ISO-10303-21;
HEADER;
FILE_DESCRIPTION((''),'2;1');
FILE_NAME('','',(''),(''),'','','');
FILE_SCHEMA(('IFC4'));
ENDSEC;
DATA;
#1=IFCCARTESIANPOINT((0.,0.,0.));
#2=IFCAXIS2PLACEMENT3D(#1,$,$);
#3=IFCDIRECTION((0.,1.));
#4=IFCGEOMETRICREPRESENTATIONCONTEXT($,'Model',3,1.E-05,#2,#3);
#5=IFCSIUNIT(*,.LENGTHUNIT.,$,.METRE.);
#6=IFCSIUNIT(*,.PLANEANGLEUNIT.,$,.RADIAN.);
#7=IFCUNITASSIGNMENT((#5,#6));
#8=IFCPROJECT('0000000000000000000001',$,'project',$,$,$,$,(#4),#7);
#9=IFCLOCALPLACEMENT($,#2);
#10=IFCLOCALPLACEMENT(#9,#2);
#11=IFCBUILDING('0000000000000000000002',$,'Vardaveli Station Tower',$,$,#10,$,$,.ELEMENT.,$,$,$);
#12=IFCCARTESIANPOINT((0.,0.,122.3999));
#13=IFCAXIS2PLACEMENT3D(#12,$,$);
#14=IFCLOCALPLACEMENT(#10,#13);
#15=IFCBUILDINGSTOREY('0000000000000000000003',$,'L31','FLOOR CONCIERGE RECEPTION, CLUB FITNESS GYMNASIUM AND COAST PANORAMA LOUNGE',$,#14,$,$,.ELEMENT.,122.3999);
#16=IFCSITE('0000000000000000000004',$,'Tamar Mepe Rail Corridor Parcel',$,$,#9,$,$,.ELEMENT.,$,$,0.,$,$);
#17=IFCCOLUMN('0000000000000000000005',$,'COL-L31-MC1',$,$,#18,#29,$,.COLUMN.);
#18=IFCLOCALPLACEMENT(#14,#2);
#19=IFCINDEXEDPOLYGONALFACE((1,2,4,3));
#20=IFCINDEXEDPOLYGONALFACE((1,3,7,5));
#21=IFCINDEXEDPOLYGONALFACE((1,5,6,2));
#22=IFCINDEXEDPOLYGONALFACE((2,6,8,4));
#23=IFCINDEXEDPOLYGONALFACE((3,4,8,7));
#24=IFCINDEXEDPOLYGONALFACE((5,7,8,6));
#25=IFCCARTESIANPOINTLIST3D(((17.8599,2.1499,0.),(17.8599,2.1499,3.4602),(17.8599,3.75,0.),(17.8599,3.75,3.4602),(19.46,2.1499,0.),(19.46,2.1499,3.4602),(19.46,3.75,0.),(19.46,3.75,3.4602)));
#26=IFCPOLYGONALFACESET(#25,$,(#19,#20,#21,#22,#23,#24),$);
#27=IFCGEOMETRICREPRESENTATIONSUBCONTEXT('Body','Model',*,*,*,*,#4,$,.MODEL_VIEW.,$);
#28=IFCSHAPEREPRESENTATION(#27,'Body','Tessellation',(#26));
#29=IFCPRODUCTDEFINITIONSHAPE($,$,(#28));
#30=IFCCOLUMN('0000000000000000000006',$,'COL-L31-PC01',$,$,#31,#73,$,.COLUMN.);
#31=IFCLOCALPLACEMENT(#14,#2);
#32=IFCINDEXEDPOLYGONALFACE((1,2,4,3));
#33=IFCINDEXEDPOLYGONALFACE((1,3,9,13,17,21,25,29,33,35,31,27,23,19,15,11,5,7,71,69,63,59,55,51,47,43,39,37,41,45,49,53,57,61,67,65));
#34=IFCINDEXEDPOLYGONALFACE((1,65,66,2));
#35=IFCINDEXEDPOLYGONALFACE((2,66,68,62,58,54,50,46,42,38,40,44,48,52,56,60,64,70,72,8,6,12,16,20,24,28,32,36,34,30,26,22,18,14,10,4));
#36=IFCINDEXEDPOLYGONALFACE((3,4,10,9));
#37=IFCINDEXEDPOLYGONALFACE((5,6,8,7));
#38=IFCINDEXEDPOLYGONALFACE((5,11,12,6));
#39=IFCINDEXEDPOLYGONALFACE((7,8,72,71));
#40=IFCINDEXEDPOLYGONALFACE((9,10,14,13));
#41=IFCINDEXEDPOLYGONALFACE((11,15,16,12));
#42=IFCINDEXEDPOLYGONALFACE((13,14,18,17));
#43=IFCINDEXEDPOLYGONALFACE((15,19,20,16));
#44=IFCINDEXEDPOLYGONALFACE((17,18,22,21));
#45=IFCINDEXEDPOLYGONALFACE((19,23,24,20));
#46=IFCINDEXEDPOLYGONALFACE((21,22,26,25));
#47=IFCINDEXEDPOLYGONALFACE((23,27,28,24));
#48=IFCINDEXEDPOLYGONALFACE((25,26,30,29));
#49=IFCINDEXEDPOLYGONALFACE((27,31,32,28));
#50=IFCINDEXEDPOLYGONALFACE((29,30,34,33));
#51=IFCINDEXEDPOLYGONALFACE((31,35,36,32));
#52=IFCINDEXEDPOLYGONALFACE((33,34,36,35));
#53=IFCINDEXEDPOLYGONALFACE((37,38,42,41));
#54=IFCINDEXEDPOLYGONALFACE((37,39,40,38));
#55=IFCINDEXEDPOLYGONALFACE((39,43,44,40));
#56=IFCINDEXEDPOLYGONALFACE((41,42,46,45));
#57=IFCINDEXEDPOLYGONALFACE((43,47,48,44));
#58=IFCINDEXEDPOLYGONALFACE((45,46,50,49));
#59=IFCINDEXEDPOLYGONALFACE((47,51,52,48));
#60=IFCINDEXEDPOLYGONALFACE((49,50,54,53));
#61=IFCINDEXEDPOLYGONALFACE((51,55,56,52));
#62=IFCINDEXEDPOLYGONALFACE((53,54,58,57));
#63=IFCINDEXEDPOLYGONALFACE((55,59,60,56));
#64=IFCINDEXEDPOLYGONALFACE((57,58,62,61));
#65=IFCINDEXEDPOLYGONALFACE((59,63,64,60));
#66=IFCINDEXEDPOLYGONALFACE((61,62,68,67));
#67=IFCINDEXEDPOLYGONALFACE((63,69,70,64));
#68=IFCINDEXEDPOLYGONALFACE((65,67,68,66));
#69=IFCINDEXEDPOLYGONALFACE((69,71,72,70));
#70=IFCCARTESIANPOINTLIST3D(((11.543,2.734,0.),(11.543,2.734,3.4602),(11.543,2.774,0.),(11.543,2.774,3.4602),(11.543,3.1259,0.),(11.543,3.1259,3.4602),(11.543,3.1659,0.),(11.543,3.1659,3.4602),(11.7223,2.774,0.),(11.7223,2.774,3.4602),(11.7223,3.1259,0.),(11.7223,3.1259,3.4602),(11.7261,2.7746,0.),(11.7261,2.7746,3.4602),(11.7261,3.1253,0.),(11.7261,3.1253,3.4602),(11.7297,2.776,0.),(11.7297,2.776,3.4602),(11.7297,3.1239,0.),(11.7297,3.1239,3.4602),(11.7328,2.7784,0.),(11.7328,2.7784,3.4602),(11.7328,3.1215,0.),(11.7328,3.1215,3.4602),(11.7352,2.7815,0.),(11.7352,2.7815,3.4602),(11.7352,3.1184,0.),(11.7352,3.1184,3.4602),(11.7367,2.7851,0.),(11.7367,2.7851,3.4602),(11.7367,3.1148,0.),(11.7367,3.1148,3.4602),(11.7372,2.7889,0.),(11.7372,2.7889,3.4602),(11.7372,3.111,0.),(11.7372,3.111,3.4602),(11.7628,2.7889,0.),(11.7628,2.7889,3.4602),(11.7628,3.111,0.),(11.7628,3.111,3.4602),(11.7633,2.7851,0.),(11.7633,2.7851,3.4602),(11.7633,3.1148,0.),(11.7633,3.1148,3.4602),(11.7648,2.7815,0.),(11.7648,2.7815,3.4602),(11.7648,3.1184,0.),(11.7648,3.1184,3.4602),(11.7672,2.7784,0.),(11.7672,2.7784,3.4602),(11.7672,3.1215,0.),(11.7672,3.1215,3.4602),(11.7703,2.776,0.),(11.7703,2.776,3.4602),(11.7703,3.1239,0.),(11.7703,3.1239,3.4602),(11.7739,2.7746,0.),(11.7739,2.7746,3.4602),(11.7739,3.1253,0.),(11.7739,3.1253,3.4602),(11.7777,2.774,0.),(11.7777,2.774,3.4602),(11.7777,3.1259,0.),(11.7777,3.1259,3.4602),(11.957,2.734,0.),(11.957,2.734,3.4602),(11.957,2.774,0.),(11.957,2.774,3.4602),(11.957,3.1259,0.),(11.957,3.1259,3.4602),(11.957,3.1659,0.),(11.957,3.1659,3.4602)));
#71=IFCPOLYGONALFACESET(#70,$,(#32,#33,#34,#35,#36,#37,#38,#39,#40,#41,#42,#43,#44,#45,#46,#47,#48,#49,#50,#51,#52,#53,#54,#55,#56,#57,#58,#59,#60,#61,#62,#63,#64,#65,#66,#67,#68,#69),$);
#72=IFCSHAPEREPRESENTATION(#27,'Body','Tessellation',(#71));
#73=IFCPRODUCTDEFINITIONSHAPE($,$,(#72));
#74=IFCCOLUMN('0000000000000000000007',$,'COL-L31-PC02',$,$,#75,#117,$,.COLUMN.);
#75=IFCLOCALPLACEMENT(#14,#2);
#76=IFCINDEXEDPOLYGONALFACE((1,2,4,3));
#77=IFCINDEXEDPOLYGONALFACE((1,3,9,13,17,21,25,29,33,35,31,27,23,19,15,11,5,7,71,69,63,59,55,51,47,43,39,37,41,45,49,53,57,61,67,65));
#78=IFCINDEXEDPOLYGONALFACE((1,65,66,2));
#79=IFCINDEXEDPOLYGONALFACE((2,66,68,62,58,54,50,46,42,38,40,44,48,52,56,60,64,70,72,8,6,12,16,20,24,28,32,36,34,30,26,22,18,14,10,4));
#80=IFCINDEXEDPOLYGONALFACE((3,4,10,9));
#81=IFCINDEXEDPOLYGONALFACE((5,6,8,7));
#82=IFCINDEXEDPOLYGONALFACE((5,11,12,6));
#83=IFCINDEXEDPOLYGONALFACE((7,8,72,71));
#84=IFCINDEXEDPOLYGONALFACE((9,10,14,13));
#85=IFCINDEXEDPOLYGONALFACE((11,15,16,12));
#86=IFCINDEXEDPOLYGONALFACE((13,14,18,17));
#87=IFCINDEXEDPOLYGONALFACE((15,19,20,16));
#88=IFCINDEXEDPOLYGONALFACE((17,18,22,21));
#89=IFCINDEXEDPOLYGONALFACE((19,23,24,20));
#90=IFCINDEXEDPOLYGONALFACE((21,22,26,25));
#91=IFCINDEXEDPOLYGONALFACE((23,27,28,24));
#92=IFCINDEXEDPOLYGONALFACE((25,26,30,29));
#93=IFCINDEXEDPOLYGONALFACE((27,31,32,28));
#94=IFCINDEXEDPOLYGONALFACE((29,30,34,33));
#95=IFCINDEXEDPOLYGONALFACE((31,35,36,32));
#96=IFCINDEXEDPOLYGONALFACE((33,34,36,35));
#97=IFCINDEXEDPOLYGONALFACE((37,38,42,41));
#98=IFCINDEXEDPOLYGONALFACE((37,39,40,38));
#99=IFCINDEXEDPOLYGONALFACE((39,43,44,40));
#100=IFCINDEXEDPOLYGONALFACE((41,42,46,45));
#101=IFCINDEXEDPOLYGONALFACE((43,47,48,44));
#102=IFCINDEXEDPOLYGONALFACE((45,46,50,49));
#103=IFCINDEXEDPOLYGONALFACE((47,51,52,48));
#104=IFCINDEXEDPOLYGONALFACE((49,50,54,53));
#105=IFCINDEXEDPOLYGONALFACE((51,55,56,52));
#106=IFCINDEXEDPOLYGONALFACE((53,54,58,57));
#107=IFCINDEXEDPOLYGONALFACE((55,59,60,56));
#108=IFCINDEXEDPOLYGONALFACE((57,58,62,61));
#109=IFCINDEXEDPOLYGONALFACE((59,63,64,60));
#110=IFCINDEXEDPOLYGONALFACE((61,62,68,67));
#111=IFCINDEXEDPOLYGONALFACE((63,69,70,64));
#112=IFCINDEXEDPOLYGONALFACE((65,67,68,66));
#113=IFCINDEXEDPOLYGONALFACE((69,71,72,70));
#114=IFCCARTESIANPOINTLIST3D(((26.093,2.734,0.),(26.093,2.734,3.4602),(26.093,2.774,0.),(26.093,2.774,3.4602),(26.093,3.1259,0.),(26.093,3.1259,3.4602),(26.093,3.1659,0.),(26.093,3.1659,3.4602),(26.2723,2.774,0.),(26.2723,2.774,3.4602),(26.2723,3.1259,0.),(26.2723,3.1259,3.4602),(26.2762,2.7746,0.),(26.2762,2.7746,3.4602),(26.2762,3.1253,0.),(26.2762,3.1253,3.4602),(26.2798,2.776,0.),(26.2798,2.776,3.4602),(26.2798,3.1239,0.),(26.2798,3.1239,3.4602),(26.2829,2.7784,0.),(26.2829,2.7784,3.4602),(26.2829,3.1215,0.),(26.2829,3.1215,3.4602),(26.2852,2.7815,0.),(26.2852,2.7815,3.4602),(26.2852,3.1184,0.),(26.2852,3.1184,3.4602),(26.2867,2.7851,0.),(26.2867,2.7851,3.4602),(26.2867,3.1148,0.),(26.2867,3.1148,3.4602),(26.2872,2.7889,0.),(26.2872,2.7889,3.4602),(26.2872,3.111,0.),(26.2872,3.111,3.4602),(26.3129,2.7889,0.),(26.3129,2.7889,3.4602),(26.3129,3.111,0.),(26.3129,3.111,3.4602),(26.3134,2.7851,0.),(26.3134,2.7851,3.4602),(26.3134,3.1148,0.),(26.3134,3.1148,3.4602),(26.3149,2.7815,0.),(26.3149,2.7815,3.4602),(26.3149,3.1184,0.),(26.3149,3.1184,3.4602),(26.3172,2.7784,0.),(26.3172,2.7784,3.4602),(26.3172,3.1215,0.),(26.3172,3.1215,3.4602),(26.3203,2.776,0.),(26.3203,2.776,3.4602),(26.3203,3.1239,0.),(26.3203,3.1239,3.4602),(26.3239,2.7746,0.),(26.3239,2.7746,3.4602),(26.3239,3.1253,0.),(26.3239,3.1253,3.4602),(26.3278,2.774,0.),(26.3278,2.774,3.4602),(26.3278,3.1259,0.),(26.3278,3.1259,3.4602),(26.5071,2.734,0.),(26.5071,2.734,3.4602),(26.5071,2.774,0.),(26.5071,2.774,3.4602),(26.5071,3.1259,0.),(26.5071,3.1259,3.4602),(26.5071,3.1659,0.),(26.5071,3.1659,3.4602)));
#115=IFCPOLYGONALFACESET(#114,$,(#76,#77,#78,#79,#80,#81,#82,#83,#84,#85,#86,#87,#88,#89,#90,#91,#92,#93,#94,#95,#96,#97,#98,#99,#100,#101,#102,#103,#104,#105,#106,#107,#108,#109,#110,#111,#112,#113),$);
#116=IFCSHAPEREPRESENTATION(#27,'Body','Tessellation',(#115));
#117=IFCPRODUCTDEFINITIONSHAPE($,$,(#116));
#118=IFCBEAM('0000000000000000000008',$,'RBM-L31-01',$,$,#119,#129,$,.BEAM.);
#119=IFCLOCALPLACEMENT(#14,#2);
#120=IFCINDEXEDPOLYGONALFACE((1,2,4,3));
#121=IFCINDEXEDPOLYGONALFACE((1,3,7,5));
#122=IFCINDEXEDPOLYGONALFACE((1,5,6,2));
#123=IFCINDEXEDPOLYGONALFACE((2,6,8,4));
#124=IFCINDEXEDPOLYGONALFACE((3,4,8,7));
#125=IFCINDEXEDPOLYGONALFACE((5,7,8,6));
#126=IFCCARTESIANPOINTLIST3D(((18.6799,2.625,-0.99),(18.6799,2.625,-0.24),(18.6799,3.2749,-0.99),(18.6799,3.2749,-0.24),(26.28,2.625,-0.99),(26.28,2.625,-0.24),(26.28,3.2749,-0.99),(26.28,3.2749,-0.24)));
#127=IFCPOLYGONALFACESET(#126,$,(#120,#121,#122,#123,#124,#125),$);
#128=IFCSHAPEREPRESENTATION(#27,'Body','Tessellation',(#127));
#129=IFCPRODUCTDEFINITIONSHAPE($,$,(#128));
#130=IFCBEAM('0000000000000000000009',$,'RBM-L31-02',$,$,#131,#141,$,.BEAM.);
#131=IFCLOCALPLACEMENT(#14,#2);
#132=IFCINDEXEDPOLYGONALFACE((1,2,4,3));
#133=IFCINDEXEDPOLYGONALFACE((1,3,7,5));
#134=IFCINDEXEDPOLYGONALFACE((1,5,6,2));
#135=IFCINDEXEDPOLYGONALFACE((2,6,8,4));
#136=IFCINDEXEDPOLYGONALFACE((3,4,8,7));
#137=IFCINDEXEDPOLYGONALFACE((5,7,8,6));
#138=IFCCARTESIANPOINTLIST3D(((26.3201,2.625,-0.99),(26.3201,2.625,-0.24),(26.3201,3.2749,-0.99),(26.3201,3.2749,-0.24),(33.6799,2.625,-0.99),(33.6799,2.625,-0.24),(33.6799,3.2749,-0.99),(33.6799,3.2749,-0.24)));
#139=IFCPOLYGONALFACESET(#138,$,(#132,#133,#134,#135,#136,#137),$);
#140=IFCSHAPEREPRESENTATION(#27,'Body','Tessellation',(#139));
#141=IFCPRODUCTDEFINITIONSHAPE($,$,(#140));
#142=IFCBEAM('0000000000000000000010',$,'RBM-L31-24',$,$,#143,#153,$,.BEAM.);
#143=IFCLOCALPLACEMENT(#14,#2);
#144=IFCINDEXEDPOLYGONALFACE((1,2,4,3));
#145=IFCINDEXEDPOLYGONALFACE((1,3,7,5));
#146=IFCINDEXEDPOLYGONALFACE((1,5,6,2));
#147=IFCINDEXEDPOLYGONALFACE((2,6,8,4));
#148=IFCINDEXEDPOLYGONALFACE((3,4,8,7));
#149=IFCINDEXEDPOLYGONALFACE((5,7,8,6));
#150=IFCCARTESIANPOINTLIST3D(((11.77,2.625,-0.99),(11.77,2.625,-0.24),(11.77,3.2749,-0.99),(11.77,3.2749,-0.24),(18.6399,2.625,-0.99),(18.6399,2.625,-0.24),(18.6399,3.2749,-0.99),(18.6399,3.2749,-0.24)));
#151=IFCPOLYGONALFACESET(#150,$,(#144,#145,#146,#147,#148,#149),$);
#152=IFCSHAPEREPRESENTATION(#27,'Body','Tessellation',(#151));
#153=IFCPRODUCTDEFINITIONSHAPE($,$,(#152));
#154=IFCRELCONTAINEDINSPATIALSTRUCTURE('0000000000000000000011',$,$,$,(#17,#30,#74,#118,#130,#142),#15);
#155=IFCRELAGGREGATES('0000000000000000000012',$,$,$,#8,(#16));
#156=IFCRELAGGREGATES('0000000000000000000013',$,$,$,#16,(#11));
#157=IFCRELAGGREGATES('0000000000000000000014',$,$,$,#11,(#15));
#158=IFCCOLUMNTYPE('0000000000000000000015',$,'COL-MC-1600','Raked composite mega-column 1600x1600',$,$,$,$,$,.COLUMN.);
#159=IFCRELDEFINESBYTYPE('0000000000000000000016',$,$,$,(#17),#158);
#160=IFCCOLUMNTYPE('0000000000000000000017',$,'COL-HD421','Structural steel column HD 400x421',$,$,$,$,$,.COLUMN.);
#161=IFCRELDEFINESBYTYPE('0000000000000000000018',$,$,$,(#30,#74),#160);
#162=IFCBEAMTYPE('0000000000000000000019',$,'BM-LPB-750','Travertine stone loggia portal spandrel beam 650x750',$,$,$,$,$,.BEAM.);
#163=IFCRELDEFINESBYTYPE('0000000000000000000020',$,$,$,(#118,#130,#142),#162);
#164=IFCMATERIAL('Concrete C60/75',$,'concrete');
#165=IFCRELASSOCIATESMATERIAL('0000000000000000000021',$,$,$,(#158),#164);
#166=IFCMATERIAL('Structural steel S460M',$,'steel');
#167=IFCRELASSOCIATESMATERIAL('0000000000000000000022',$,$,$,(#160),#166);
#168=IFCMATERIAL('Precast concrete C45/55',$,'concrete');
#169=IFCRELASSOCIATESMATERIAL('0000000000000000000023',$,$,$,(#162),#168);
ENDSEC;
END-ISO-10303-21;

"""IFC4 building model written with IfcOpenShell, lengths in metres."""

from ifc_helpers import new_model, si_unit, direction, frame, origin, origin_2d, place, context, subcontext, project, spatial, rectangle, i_section, extrude, source, transform, mapped, material, material_profile, profile_set, type_object, element, save


model = new_model("IFC4")

# Units and contexts
model_context = context("Model", 3, precision=1e-05, world=origin(), true_north=direction((0.0, 1.0)))
body_context = subcontext(model_context, "Body", "Model", "MODEL_VIEW")
ifc_project = project(units=[si_unit("LENGTHUNIT", "METRE"), si_unit("PLANEANGLEUNIT", "RADIAN")], contexts=[model_context])

# Site, building, storey
site_placement = place(None, origin())
site = spatial("IfcSite", under=ifc_project, at=site_placement, Name="Tamar Mepe Rail Corridor Parcel", CompositionType="ELEMENT", RefElevation=0.0)
building_placement = place(site_placement, origin())
building = spatial("IfcBuilding", under=site, at=building_placement, Name="Vardaveli Station Tower", CompositionType="ELEMENT")
storey_placement = place(building_placement, frame((0.0, 0.0, 122.3999)))
storey = spatial("IfcBuildingStorey", under=building, at=storey_placement, Name="L31", Description="FLOOR CONCIERGE RECEPTION, CLUB FITNESS GYMNASIUM AND COAST PANORAMA LOUNGE", CompositionType="ELEMENT", Elevation=122.3999)

# Columns
ifc_material_1 = material(Name="Concrete C60/75", Category="concrete")
ifc_material_profile_1 = material_profile(ifc_material_1, rectangle(XDim=1.6001, YDim=1.6001, at=origin_2d()), Name="MC 1600x1600")
ifc_profile_set_1 = profile_set([ifc_material_profile_1], Name="Concrete C60/75")
column_type_1 = type_object("IfcColumnType", Name="COL-MC-1600", Description="Raked composite mega-column 1600x1600", PredefinedType="COLUMN", material=ifc_profile_set_1)
shared_shape_1 = source(origin(), body_context, "Body", "SweptSolid", [
    extrude(rectangle(XDim=1.6001, YDim=1.6001, at=origin_2d()), origin(), (0.0, 0.0, 1.0), 3.4602),
])
column_placement = place(storey_placement, frame((18.6599, 2.95, 0.0), z_axis=(0.0, 0.0, 1.0), x_axis=(1.0, 0.0, 0.0)))
element("IfcColumn", 1, at=column_placement, inside=storey, type_object=column_type_1, Name="COL-L31-MC1", PredefinedType="COLUMN", context=body_context, shape_type="MappedRepresentation", body=[
    mapped(shared_shape_1, transform((0.0, 0.0, 0.0), scale=1.0)),
])
ifc_material_2 = material(Name="Structural steel S460M", Category="steel")
ifc_material_profile_2 = material_profile(ifc_material_2, i_section(OverallWidth=0.4141, OverallDepth=0.4319, WebThickness=0.0256, FlangeThickness=0.04, FilletRadius=0.0149, at=origin_2d()), Name="HD 400x421")
ifc_profile_set_2 = profile_set([ifc_material_profile_2], Name="Structural steel S460M")
column_type_2 = type_object("IfcColumnType", Name="COL-HD421", Description="Structural steel column HD 400x421", PredefinedType="COLUMN", material=ifc_profile_set_2)
shared_shape_2 = source(origin(), body_context, "Body", "SweptSolid", [
    extrude(i_section(OverallWidth=0.4141, OverallDepth=0.4319, WebThickness=0.0256, FlangeThickness=0.04, FilletRadius=0.0149, at=origin_2d()), origin(), (0.0, 0.0, 1.0), 3.4602),
])
for number, where, z_axis, x_axis, name in (
    (2, (11.75, 2.95, 0.0), (0.0, 0.0, 1.0), (1.0, 0.0, 0.0), "COL-L31-PC01"),
    (3, (26.3, 2.95, 0.0), (0.0, 0.0, 1.0), (1.0, 0.0, 0.0), "COL-L31-PC02"),
):
    element("IfcColumn", number, at=place(storey_placement, frame(where, z_axis=z_axis, x_axis=x_axis)), inside=storey, type_object=column_type_2, Name=name, PredefinedType="COLUMN", context=body_context, shape_type="MappedRepresentation", body=[
        mapped(shared_shape_2, transform((0.0, 0.0, 0.0), scale=1.0)),
    ])

# Beams
ifc_material_3 = material(Name="Precast concrete C45/55", Category="concrete")
ifc_material_profile_3 = material_profile(ifc_material_3, rectangle(XDim=0.6499, YDim=0.75, at=origin_2d()), Name="LPB 650x750")
ifc_profile_set_3 = profile_set([ifc_material_profile_3], Name="Precast concrete C45/55")
beam_type_1 = type_object("IfcBeamType", Name="BM-LPB-750", Description="Travertine stone loggia portal spandrel beam 650x750", PredefinedType="BEAM", material=ifc_profile_set_3)
shared_shape_3 = source(origin(), body_context, "Body", "SweptSolid", [
    extrude(rectangle(XDim=0.6499, YDim=0.75, at=origin_2d()), origin(), (0.0, 0.0, 1.0), 7.6001),
])
beam_1_placement = place(storey_placement, frame((18.6799, 2.95, -0.615), z_axis=(1.0, 0.0, 0.0), x_axis=(0.0, 1.0, 0.0)))
element("IfcBeam", 4, at=beam_1_placement, inside=storey, type_object=beam_type_1, Name="RBM-L31-01", PredefinedType="BEAM", context=body_context, shape_type="MappedRepresentation", body=[
    mapped(shared_shape_3, transform((0.0, 0.0, 0.0), scale=1.0)),
])
shared_shape_4 = source(origin(), body_context, "Body", "SweptSolid", [
    extrude(rectangle(XDim=0.6499, YDim=0.75, at=origin_2d()), origin(), (0.0, 0.0, 1.0), 7.3599),
])
beam_2_placement = place(storey_placement, frame((26.3201, 2.95, -0.615), z_axis=(1.0, 0.0, 0.0), x_axis=(0.0, 1.0, 0.0)))
element("IfcBeam", 5, at=beam_2_placement, inside=storey, type_object=beam_type_1, Name="RBM-L31-02", PredefinedType="BEAM", context=body_context, shape_type="MappedRepresentation", body=[
    mapped(shared_shape_4, transform((0.0, 0.0, 0.0), scale=1.0)),
])
shared_shape_5 = source(origin(), body_context, "Body", "SweptSolid", [
    extrude(rectangle(XDim=0.6499, YDim=0.75, at=origin_2d()), origin(), (0.0, 0.0, 1.0), 6.8699),
])
beam_3_placement = place(storey_placement, frame((11.77, 2.95, -0.615), z_axis=(1.0, 0.0, 0.0), x_axis=(0.0, 1.0, 0.0)))
element("IfcBeam", 6, at=beam_3_placement, inside=storey, type_object=beam_type_1, Name="RBM-L31-24", PredefinedType="BEAM", context=body_context, shape_type="MappedRepresentation", body=[
    mapped(shared_shape_5, transform((0.0, 0.0, 0.0), scale=1.0)),
])

save(model, "model.ifc")
